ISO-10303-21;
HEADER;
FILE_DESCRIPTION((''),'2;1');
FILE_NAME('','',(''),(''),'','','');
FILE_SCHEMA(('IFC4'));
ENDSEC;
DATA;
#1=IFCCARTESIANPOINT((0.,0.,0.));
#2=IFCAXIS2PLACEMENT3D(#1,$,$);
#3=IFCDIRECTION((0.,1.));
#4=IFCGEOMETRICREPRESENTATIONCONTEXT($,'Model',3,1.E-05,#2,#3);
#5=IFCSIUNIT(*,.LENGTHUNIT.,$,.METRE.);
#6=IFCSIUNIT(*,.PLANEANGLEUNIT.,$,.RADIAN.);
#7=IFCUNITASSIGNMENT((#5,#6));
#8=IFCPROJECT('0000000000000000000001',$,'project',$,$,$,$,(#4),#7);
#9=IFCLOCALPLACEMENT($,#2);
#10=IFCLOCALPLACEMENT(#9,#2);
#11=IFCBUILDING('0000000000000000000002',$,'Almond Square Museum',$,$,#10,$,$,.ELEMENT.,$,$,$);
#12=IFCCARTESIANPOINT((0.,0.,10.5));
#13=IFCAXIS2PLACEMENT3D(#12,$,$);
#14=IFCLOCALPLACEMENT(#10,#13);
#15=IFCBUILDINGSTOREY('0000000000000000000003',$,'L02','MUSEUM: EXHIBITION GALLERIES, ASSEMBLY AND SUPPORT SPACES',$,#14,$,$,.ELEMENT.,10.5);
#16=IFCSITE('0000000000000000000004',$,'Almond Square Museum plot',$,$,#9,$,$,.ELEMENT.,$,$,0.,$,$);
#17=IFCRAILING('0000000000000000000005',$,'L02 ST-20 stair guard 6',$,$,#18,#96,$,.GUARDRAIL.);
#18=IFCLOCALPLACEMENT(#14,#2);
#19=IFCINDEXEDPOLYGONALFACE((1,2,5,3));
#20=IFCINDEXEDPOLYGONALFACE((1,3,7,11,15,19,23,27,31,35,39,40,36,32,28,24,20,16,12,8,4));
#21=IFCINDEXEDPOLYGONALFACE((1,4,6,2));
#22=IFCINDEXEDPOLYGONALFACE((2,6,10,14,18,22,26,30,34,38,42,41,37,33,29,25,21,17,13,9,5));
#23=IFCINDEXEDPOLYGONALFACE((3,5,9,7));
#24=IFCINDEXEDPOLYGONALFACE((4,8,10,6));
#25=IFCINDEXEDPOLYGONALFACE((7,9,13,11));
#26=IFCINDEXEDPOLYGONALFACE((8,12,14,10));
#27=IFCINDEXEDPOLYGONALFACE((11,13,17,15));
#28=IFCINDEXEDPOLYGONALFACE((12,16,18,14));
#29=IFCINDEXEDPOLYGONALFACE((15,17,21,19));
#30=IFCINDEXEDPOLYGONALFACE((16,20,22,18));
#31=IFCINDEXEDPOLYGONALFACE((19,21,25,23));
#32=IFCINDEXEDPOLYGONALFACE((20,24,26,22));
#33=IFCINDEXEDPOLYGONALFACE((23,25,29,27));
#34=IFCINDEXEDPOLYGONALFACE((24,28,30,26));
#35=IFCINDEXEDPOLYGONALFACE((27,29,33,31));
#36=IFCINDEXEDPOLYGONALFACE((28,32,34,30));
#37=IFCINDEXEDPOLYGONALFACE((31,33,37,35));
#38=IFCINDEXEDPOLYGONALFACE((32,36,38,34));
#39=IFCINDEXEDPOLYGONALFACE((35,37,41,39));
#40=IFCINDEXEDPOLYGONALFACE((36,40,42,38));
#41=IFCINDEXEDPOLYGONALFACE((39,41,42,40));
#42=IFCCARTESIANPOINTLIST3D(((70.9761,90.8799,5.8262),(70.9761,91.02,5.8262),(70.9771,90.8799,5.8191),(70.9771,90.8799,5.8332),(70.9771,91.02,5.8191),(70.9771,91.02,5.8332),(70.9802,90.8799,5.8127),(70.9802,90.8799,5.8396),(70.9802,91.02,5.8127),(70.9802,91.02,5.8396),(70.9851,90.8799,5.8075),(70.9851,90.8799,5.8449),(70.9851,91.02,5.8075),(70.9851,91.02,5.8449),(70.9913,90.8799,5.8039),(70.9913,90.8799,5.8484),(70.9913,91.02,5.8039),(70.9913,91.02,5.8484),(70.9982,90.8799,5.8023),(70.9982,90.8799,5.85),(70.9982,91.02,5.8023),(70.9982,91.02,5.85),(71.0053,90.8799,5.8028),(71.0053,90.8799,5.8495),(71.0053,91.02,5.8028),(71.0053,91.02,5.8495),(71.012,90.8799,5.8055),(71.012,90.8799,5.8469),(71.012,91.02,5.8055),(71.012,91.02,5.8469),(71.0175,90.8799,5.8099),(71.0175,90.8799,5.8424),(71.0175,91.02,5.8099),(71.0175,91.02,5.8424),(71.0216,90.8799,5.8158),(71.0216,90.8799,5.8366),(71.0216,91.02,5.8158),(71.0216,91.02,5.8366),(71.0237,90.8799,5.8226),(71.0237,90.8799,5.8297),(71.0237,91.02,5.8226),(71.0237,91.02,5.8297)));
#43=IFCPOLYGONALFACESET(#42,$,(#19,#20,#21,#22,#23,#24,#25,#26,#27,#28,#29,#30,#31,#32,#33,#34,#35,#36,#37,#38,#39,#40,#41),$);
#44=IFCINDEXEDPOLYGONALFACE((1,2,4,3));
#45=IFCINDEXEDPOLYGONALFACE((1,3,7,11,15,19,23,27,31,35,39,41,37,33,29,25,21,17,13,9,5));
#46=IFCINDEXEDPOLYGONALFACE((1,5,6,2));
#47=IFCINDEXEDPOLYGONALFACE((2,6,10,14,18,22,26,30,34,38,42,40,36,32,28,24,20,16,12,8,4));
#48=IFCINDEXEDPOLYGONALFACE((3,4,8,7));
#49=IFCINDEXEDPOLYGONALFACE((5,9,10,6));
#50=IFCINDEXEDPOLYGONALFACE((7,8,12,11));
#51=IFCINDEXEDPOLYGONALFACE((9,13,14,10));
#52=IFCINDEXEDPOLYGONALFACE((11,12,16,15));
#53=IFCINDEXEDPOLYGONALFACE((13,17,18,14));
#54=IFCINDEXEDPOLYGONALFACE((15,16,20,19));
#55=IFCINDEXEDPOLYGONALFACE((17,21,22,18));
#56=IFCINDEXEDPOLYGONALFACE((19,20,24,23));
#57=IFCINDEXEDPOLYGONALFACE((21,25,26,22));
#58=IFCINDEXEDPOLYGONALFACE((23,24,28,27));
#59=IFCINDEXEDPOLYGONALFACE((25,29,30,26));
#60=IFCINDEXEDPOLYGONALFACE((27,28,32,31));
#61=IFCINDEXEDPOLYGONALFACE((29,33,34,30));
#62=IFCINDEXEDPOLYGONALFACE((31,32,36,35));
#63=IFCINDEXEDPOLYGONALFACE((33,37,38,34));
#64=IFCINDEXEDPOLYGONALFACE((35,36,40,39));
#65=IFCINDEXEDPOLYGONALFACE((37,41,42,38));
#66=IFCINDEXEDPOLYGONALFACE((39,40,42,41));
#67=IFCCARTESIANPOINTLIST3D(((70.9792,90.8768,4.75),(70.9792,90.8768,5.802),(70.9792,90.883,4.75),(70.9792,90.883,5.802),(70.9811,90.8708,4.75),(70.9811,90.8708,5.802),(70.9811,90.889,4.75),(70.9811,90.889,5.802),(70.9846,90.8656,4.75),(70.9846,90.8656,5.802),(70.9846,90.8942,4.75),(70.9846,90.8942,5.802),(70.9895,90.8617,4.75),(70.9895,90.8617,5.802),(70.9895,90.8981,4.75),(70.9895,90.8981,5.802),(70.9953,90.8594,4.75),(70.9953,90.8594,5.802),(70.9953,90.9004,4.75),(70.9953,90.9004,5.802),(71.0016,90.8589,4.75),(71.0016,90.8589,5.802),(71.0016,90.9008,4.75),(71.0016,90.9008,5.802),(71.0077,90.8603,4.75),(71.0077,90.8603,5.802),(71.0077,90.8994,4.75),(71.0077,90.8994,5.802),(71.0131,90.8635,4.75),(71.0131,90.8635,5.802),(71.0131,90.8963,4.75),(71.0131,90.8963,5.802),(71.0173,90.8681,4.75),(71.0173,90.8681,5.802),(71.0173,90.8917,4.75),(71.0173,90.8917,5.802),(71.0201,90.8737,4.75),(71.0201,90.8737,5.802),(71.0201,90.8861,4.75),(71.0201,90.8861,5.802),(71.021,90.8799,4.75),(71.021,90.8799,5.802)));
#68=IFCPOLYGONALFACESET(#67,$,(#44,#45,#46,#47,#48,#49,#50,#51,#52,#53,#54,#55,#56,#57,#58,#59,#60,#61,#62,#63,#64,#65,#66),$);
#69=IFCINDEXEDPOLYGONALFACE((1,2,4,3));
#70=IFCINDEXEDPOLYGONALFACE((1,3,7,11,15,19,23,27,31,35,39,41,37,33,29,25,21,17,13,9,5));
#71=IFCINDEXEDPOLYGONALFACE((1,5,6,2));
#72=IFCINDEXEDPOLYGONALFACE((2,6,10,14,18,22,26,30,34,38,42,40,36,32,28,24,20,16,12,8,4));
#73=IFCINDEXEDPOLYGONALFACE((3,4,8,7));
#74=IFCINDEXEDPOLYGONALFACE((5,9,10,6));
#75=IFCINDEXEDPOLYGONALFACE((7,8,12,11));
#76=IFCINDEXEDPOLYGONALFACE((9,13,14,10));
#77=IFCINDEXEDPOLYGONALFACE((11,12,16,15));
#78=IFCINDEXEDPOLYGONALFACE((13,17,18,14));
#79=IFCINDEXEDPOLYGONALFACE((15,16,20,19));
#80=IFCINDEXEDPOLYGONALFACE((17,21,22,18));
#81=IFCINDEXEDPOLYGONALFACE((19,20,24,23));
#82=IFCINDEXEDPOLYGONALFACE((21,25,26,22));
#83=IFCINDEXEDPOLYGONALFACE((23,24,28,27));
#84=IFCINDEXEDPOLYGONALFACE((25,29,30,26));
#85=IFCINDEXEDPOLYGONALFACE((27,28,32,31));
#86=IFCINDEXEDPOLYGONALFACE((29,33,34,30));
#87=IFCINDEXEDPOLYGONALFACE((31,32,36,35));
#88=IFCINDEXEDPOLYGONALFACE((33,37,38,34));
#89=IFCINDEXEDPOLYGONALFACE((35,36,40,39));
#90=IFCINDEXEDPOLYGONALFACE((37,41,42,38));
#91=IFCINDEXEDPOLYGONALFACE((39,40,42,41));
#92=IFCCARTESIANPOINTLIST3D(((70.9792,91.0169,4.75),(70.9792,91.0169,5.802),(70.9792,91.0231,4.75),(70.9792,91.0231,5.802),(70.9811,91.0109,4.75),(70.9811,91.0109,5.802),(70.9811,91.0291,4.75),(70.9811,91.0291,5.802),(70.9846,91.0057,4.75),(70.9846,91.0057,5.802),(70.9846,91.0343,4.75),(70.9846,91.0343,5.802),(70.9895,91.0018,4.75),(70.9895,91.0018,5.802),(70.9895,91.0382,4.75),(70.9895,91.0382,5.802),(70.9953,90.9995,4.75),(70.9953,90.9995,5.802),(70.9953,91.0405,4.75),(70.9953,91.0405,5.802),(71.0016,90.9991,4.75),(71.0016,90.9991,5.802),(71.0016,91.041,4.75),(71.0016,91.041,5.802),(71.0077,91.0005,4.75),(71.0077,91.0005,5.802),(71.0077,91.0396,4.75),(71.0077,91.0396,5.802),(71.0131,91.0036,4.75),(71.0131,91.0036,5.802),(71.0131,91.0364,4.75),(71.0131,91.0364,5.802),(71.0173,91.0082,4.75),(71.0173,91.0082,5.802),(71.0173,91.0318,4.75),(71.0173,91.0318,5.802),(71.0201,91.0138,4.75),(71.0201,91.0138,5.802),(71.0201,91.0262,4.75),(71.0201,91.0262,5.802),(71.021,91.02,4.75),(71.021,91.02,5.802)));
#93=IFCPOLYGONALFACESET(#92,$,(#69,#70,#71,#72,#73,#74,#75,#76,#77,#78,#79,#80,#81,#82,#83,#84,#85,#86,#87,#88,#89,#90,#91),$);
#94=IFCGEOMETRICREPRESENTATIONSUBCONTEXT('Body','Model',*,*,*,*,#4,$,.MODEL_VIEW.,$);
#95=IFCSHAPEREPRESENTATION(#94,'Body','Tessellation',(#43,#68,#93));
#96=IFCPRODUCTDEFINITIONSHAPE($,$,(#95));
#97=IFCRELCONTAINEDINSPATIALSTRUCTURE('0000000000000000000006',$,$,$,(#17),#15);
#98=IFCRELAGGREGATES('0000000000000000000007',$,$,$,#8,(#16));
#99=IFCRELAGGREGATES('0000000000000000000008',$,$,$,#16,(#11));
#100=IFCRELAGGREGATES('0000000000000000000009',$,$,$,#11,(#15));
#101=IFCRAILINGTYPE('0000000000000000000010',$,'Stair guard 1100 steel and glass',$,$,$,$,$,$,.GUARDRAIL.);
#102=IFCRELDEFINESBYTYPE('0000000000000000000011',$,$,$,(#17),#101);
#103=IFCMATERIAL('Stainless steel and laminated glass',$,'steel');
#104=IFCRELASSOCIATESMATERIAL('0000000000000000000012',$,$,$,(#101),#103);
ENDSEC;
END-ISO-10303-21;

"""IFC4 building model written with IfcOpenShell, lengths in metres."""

from ifc_helpers import new_model, si_unit, direction, frame, origin, origin_2d, place, context, subcontext, project, spatial, circle, extrude, material, type_object, element, save


model = new_model("IFC4")

# Units and contexts
model_context = context("Model", 3, precision=1e-05, world=origin(), true_north=direction((0.0, 1.0)))
body_context = subcontext(model_context, "Body", "Model", "MODEL_VIEW")
ifc_project = project(units=[si_unit("LENGTHUNIT", "METRE"), si_unit("PLANEANGLEUNIT", "RADIAN")], contexts=[model_context])

# Site, building, storey
site_placement = place(None, origin())
site = spatial("IfcSite", under=ifc_project, at=site_placement, Name="Almond Square Museum plot", CompositionType="ELEMENT", RefElevation=0.0)
building_placement = place(site_placement, origin())
building = spatial("IfcBuilding", under=site, at=building_placement, Name="Almond Square Museum", CompositionType="ELEMENT")
storey_placement = place(building_placement, frame((0.0, 0.0, 10.5)))
storey = spatial("IfcBuildingStorey", under=building, at=storey_placement, Name="L02", Description="MUSEUM: EXHIBITION GALLERIES, ASSEMBLY AND SUPPORT SPACES", CompositionType="ELEMENT", Elevation=10.5)

# Railing
ifc_material_1 = material(Name="Stainless steel and laminated glass", Category="steel")
railing_type_1 = type_object("IfcRailingType", Name="Stair guard 1100 steel and glass", PredefinedType="GUARDRAIL", material=ifc_material_1)
railing_1_placement = place(storey_placement, frame((71.0, 90.8799, 4.75)))
element("IfcRailing", 1, at=railing_1_placement, inside=storey, type_object=railing_type_1, Name="L02 ST-20 stair guard 6", PredefinedType="GUARDRAIL", context=body_context, shape_type="SweptSolid", body=[
    extrude(circle(Radius=0.0239, at=origin_2d()), frame((0.0, 0.0, 1.0762), z_axis=(0.0, 1.0, 0.0), x_axis=(-1.0, 0.0, 0.0)), (0.0, 0.0, 1.0), 0.1401),
    extrude(circle(Radius=0.021, at=origin_2d()), origin(), (0.0, 0.0, 1.0), 1.052),
    extrude(circle(Radius=0.021, at=origin_2d()), frame((0.0, 0.1401, 0.0)), (0.0, 0.0, 1.0), 1.052),
])

save(model, "model.ifc")
